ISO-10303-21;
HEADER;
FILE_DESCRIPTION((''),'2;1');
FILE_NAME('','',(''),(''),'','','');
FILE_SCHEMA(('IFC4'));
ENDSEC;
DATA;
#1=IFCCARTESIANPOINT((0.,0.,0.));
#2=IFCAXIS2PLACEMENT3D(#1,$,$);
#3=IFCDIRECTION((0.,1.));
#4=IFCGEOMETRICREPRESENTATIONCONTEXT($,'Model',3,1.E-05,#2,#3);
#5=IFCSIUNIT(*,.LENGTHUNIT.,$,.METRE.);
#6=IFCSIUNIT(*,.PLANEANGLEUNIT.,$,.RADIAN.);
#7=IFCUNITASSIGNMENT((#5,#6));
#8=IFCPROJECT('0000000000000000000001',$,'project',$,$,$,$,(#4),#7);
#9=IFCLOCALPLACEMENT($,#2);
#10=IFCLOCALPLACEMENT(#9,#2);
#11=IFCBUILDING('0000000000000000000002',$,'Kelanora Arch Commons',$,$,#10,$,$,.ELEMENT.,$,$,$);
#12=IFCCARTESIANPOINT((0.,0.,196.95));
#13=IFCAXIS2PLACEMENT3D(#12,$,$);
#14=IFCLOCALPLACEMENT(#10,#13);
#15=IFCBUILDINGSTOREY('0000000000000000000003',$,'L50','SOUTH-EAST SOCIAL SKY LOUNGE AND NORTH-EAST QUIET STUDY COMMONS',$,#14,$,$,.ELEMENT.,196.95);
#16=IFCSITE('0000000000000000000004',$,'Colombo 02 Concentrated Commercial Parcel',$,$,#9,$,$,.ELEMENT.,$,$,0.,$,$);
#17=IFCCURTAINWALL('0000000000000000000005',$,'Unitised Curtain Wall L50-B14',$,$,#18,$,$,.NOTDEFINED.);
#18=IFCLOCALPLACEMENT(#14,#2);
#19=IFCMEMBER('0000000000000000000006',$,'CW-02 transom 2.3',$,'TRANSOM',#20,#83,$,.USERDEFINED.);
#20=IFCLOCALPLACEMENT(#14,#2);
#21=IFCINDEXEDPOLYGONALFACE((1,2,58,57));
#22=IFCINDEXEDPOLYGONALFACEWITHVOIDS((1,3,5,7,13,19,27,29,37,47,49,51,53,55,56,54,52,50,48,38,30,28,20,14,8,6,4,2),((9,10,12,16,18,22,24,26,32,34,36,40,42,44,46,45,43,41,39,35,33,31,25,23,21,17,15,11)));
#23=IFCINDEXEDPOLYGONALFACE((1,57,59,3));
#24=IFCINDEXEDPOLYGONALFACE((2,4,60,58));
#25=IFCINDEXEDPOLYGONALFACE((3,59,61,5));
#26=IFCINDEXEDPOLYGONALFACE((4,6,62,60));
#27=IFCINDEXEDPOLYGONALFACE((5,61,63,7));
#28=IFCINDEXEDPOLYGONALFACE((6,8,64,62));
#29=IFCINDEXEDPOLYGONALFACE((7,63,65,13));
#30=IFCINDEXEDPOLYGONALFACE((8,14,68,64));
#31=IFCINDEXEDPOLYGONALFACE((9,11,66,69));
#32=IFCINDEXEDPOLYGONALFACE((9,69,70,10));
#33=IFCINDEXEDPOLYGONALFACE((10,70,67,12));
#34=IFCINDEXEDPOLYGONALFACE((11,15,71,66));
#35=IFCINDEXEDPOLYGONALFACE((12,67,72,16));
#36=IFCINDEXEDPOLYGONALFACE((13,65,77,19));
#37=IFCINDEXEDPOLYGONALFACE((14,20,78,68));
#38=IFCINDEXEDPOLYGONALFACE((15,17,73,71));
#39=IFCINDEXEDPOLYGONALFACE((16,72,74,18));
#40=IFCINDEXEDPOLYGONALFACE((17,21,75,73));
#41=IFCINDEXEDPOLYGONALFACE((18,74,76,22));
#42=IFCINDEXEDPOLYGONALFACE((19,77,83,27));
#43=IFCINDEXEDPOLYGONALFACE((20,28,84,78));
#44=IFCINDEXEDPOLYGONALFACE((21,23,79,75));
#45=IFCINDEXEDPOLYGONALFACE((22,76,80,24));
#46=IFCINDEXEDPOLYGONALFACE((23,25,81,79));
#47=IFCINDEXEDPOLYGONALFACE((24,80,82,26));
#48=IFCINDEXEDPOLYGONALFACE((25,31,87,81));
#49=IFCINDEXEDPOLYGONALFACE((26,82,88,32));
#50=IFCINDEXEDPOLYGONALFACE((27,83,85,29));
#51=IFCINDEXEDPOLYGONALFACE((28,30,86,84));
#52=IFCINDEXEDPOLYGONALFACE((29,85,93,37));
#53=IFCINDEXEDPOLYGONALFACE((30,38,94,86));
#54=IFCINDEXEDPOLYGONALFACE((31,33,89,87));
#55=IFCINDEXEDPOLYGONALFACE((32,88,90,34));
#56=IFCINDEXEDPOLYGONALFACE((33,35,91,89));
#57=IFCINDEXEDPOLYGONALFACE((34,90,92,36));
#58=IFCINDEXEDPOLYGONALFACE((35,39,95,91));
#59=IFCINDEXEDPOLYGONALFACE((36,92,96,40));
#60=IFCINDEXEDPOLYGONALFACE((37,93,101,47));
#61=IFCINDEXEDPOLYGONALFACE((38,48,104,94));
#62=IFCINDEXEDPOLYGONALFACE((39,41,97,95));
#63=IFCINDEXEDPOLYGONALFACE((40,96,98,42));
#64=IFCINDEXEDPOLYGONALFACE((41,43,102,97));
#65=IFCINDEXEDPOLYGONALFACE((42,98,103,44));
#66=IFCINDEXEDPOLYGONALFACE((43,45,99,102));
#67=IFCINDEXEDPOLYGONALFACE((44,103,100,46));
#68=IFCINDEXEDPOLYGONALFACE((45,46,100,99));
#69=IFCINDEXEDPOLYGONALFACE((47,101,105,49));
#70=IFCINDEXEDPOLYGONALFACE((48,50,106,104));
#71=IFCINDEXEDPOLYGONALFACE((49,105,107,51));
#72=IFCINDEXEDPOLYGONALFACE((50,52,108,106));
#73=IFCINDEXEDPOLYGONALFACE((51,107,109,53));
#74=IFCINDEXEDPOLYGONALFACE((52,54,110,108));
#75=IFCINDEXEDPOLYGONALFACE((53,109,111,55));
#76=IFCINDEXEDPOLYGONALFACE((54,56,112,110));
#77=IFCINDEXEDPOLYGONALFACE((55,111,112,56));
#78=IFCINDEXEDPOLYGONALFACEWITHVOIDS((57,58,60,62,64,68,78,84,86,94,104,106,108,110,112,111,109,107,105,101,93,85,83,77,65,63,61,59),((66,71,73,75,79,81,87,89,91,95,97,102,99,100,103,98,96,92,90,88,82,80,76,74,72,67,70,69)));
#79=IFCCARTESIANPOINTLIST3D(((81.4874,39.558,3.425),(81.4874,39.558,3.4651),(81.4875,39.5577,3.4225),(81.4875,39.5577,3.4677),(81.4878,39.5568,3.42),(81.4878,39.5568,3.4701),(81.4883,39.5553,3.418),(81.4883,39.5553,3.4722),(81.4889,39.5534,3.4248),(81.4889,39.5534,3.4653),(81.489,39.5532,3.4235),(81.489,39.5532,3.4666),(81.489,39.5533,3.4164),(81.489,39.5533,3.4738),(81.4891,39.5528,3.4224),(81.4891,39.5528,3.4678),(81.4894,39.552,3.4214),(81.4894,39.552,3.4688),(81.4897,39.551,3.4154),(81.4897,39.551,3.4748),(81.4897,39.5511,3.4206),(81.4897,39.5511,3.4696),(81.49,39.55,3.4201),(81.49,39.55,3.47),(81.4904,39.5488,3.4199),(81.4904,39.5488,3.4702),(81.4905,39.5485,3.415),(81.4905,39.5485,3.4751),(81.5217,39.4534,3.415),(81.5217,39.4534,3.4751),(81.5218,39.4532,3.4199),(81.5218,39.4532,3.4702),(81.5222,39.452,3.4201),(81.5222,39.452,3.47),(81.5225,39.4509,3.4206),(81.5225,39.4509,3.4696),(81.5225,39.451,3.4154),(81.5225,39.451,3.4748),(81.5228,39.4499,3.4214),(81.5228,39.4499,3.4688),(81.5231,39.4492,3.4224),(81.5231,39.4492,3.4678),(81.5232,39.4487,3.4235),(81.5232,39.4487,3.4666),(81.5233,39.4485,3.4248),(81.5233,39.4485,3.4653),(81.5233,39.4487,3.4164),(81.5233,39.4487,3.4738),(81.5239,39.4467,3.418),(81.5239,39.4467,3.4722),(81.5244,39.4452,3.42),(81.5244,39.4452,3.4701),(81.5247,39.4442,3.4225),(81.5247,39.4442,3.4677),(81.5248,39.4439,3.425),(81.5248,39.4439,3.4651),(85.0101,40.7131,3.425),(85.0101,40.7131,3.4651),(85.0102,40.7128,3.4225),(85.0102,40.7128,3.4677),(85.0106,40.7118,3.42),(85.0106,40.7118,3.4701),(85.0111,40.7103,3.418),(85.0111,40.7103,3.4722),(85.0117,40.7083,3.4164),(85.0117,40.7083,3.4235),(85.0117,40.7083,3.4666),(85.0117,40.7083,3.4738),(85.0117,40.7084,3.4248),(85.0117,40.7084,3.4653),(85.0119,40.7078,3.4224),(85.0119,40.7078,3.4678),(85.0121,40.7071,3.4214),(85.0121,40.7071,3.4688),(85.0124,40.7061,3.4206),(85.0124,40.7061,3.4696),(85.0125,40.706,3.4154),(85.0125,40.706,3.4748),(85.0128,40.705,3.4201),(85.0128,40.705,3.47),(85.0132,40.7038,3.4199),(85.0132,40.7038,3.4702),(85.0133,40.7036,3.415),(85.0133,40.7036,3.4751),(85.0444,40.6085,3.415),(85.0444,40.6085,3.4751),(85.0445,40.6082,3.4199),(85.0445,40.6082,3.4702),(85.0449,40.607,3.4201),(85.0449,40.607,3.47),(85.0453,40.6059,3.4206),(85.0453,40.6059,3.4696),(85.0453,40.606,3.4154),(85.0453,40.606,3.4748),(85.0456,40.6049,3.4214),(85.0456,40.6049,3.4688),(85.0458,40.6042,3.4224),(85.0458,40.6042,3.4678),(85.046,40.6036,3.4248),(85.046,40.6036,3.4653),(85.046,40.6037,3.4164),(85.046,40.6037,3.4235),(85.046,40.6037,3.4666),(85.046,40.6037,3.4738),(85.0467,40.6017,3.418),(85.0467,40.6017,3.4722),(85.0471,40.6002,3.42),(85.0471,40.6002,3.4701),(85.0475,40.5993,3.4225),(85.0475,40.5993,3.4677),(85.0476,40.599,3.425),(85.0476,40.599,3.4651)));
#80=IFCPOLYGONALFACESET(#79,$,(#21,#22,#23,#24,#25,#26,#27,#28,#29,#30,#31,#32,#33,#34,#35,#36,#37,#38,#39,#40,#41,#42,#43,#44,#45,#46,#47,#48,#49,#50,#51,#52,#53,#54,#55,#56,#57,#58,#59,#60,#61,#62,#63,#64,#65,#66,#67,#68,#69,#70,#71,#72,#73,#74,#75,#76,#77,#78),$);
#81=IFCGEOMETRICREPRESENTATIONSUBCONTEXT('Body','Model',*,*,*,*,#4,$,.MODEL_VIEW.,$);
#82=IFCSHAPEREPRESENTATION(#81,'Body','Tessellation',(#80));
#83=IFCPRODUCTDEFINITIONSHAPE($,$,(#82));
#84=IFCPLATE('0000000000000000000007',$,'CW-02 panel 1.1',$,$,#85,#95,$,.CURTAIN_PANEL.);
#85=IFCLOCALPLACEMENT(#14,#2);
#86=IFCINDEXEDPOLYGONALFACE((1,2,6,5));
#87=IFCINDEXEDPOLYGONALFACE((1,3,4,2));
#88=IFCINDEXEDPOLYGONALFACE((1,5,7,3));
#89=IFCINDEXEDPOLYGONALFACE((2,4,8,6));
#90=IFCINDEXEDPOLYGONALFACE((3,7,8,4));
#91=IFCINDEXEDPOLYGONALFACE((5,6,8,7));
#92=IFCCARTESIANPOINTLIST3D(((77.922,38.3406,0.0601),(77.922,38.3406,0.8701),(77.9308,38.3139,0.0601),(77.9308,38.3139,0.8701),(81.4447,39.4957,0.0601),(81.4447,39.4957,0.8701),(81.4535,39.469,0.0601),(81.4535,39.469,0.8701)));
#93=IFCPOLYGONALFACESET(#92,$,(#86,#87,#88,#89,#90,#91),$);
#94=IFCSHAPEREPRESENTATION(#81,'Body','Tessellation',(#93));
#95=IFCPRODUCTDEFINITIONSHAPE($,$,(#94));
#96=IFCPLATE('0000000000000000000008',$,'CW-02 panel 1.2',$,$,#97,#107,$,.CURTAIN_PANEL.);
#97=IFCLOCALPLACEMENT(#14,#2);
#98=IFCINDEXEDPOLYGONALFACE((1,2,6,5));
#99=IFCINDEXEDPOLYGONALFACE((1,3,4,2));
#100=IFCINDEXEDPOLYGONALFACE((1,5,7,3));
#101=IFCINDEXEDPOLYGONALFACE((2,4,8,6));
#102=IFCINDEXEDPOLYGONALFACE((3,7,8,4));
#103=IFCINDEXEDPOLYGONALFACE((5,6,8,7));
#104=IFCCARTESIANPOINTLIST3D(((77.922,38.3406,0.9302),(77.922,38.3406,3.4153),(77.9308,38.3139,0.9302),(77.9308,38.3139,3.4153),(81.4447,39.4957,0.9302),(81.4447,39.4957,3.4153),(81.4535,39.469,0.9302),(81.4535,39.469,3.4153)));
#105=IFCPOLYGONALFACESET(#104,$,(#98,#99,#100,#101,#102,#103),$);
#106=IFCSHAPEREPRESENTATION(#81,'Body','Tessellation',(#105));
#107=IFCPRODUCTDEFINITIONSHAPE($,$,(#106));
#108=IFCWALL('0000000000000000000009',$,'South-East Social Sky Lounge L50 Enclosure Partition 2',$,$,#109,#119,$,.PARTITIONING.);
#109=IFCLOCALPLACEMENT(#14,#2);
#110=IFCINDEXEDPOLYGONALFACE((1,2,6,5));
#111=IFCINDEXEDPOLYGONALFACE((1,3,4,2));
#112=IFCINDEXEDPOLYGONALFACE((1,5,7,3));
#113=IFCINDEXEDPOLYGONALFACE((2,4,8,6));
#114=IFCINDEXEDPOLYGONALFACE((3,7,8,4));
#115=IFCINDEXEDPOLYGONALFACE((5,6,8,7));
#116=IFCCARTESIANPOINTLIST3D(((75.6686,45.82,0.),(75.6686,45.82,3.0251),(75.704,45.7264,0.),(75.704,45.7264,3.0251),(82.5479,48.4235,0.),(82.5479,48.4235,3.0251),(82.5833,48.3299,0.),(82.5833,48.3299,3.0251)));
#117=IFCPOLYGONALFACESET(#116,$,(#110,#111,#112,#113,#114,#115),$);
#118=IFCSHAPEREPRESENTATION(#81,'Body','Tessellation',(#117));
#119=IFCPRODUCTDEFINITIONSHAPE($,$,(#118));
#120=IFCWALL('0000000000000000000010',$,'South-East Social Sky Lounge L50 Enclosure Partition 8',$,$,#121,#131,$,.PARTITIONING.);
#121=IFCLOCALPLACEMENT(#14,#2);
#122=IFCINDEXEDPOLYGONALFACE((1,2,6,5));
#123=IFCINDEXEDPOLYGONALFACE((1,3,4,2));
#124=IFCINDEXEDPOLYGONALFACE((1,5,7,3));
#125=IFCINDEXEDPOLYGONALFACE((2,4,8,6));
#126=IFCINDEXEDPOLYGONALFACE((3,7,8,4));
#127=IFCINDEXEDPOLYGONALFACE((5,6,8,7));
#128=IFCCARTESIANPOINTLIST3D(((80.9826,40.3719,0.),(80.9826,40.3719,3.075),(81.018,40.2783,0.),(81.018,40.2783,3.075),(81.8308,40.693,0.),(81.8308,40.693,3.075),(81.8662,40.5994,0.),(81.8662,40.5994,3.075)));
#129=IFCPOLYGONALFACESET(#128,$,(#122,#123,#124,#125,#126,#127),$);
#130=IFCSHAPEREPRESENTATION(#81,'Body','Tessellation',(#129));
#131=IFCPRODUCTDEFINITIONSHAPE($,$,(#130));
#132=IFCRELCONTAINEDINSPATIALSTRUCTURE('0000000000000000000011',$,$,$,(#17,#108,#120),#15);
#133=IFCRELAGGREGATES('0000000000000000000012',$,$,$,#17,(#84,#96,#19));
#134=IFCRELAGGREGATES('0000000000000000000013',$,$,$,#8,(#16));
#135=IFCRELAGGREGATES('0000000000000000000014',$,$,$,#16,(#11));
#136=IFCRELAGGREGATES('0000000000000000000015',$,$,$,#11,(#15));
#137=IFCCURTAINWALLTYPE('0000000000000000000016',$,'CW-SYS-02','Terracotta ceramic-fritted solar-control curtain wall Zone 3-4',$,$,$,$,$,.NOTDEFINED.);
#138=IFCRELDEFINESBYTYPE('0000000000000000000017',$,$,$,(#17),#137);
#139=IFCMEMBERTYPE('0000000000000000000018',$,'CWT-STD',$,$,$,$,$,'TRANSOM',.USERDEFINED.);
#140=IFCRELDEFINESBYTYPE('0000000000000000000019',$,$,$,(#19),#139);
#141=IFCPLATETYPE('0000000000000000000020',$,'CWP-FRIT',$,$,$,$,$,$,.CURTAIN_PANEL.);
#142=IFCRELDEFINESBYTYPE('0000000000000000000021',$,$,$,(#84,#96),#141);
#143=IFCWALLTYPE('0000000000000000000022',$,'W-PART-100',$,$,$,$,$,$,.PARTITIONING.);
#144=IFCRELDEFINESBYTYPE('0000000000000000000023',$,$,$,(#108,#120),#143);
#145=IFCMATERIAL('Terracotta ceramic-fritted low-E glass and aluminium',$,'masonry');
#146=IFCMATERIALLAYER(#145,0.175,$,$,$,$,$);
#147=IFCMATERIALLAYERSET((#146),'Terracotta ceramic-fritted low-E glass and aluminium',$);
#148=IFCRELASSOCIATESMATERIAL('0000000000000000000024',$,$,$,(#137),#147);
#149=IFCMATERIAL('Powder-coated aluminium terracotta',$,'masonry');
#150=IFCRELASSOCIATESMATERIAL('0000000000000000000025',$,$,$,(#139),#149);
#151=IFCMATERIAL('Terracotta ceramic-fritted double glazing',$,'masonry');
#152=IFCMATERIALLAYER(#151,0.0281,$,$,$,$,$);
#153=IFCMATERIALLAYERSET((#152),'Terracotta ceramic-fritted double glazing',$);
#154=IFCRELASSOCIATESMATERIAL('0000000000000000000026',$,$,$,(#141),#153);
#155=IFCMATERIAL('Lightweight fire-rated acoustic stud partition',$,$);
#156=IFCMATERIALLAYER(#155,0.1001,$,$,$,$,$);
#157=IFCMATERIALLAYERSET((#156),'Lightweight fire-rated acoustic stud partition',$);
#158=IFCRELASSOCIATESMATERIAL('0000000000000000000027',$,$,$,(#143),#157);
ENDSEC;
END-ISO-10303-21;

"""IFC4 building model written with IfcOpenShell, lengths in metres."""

from ifc_helpers import new_model, si_unit, direction, frame, frame_2d, origin, origin_2d, place, context, subcontext, project, spatial, rectangle, hollow_rectangle, extrude, source, transform, mapped, material, layer, layer_set, material_profile, profile_set, type_object, element, aggregate, save


model = new_model("IFC4")

# Units and contexts
model_context = context("Model", 3, precision=1e-05, world=origin(), true_north=direction((0.0, 1.0)))
body_context = subcontext(model_context, "Body", "Model", "MODEL_VIEW")
ifc_project = project(units=[si_unit("LENGTHUNIT", "METRE"), si_unit("PLANEANGLEUNIT", "RADIAN")], contexts=[model_context])

# Site, building, storey
site_placement = place(None, origin())
site = spatial("IfcSite", under=ifc_project, at=site_placement, Name="Colombo 02 Concentrated Commercial Parcel", CompositionType="ELEMENT", RefElevation=0.0)
building_placement = place(site_placement, origin())
building = spatial("IfcBuilding", under=site, at=building_placement, Name="Kelanora Arch Commons", CompositionType="ELEMENT")
storey_placement = place(building_placement, frame((0.0, 0.0, 196.95)))
storey = spatial("IfcBuildingStorey", under=building, at=storey_placement, Name="L50", Description="SOUTH-EAST SOCIAL SKY LOUNGE AND NORTH-EAST QUIET STUDY COMMONS", CompositionType="ELEMENT", Elevation=196.95)

# Curtain wall, member, plates
ifc_material_1 = material(Name="Terracotta ceramic-fritted low-E glass and aluminium", Category="masonry")
ifc_layer_1 = layer(ifc_material_1, 0.175)
ifc_layer_set_1 = layer_set([ifc_layer_1], Name="Terracotta ceramic-fritted low-E glass and aluminium")
curtain_wall_type = type_object("IfcCurtainWallType", Name="CW-SYS-02", Description="Terracotta ceramic-fritted solar-control curtain wall Zone 3-4", PredefinedType="NOTDEFINED", material=ifc_layer_set_1)
curtain_wall_placement = place(storey_placement, origin())
curtain_wall = element("IfcCurtainWall", 1, at=curtain_wall_placement, inside=storey, type_object=curtain_wall_type, Name="Unitised Curtain Wall L50-B14", PredefinedType="NOTDEFINED")
ifc_material_2 = material(Name="Powder-coated aluminium terracotta", Category="masonry")
ifc_material_profile_1 = material_profile(ifc_material_2, hollow_rectangle(XDim=0.1201, YDim=0.0601, WallThickness=0.0049, InnerFilletRadius=0.0049, OuterFilletRadius=0.01, at=origin_2d()), Name="CWT120x60")
ifc_profile_set_1 = profile_set([ifc_material_profile_1], Name="Powder-coated aluminium terracotta")
member_type_1 = type_object("IfcMemberType", Name="CWT-STD", ElementType="TRANSOM", PredefinedType="USERDEFINED", material=ifc_profile_set_1)
member_1_placement = place(storey_placement, frame((81.5061, 39.501, 3.4451), z_axis=(0.950226, 0.311561, 0.0), x_axis=(-0.311561, 0.950226, 0.0)))
member_1 = element("IfcMember", 2, at=member_1_placement, type_object=member_type_1, Name="CW-02 transom 2.3", ObjectType="TRANSOM", PredefinedType="USERDEFINED", context=body_context, shape_type="SweptSolid", body=[
    extrude(hollow_rectangle(XDim=0.1201, YDim=0.0601, WallThickness=0.0049, InnerFilletRadius=0.0049, OuterFilletRadius=0.01, at=origin_2d()), origin(), (0.0, 0.0, 1.0), 3.7073),
])
ifc_material_3 = material(Name="Terracotta ceramic-fritted double glazing", Category="masonry")
ifc_layer_2 = layer(ifc_material_3, 0.0281)
ifc_layer_set_2 = layer_set([ifc_layer_2], Name="Terracotta ceramic-fritted double glazing")
plate_type = type_object("IfcPlateType", Name="CWP-FRIT", PredefinedType="CURTAIN_PANEL", material=ifc_layer_set_2)
shared_shape_1 = source(origin(), body_context, "Body", "SweptSolid", [
    extrude(rectangle(XDim=3.7073, YDim=0.0281, at=origin_2d()), origin(), (0.0, 0.0, 1.0), 0.8101),
])
plate_1_placement = place(storey_placement, frame((79.6877, 38.9048, 0.0601), z_axis=(0.0, 0.0, 1.0), x_axis=(0.950219, 0.311582, 0.0)))
plate_1 = element("IfcPlate", 3, at=plate_1_placement, type_object=plate_type, Name="CW-02 panel 1.1", PredefinedType="CURTAIN_PANEL", context=body_context, shape_type="MappedRepresentation", body=[
    mapped(shared_shape_1, transform((0.0, 0.0, 0.0), scale=1.0)),
])
shared_shape_2 = source(origin(), body_context, "Body", "SweptSolid", [
    extrude(rectangle(XDim=3.7073, YDim=0.0281, at=origin_2d()), origin(), (0.0, 0.0, 1.0), 2.4851),
])
plate_2_placement = place(storey_placement, frame((79.6877, 38.9048, 0.9302), z_axis=(0.0, 0.0, 1.0), x_axis=(0.950219, 0.311582, 0.0)))
plate_2 = element("IfcPlate", 4, at=plate_2_placement, type_object=plate_type, Name="CW-02 panel 1.2", PredefinedType="CURTAIN_PANEL", context=body_context, shape_type="MappedRepresentation", body=[
    mapped(shared_shape_2, transform((0.0, 0.0, 0.0), scale=1.0)),
])
aggregate(curtain_wall, [plate_1, plate_2, member_1])

# Walls
ifc_material_4 = material(Name="Lightweight fire-rated acoustic stud partition")
ifc_layer_3 = layer(ifc_material_4, 0.1001)
ifc_layer_set_3 = layer_set([ifc_layer_3], Name="Lightweight fire-rated acoustic stud partition")
wall_type = type_object("IfcWallType", Name="W-PART-100", PredefinedType="PARTITIONING", material=ifc_layer_set_3)
wall_1_placement = place(storey_placement, frame((75.6863, 45.7732, 0.0), z_axis=(0.0, 0.0, 1.0), x_axis=(0.935264, 0.353952, 0.0)))
element("IfcWall", 5, at=wall_1_placement, inside=storey, type_object=wall_type, Name="South-East Social Sky Lounge L50 Enclosure Partition 2", PredefinedType="PARTITIONING", context=body_context, shape_type="SweptSolid", body=[
    extrude(rectangle(XDim=7.3555, YDim=0.1001, at=frame_2d((3.6777, 0.0))), origin(), (0.0, 0.0, 1.0), 3.0251),
])
wall_2_placement = place(storey_placement, frame((81.8486, 40.6462, 0.0), z_axis=(0.0, 0.0, 1.0), x_axis=(-0.93524, -0.354013, 0.0)))
element("IfcWall", 6, at=wall_2_placement, inside=storey, type_object=wall_type, Name="South-East Social Sky Lounge L50 Enclosure Partition 8", PredefinedType="PARTITIONING", context=body_context, shape_type="SweptSolid", body=[
    extrude(rectangle(XDim=0.907, YDim=0.1001, at=frame_2d((0.4536, 0.0))), origin(), (0.0, 0.0, 1.0), 3.075),
])

save(model, "model.ifc")
